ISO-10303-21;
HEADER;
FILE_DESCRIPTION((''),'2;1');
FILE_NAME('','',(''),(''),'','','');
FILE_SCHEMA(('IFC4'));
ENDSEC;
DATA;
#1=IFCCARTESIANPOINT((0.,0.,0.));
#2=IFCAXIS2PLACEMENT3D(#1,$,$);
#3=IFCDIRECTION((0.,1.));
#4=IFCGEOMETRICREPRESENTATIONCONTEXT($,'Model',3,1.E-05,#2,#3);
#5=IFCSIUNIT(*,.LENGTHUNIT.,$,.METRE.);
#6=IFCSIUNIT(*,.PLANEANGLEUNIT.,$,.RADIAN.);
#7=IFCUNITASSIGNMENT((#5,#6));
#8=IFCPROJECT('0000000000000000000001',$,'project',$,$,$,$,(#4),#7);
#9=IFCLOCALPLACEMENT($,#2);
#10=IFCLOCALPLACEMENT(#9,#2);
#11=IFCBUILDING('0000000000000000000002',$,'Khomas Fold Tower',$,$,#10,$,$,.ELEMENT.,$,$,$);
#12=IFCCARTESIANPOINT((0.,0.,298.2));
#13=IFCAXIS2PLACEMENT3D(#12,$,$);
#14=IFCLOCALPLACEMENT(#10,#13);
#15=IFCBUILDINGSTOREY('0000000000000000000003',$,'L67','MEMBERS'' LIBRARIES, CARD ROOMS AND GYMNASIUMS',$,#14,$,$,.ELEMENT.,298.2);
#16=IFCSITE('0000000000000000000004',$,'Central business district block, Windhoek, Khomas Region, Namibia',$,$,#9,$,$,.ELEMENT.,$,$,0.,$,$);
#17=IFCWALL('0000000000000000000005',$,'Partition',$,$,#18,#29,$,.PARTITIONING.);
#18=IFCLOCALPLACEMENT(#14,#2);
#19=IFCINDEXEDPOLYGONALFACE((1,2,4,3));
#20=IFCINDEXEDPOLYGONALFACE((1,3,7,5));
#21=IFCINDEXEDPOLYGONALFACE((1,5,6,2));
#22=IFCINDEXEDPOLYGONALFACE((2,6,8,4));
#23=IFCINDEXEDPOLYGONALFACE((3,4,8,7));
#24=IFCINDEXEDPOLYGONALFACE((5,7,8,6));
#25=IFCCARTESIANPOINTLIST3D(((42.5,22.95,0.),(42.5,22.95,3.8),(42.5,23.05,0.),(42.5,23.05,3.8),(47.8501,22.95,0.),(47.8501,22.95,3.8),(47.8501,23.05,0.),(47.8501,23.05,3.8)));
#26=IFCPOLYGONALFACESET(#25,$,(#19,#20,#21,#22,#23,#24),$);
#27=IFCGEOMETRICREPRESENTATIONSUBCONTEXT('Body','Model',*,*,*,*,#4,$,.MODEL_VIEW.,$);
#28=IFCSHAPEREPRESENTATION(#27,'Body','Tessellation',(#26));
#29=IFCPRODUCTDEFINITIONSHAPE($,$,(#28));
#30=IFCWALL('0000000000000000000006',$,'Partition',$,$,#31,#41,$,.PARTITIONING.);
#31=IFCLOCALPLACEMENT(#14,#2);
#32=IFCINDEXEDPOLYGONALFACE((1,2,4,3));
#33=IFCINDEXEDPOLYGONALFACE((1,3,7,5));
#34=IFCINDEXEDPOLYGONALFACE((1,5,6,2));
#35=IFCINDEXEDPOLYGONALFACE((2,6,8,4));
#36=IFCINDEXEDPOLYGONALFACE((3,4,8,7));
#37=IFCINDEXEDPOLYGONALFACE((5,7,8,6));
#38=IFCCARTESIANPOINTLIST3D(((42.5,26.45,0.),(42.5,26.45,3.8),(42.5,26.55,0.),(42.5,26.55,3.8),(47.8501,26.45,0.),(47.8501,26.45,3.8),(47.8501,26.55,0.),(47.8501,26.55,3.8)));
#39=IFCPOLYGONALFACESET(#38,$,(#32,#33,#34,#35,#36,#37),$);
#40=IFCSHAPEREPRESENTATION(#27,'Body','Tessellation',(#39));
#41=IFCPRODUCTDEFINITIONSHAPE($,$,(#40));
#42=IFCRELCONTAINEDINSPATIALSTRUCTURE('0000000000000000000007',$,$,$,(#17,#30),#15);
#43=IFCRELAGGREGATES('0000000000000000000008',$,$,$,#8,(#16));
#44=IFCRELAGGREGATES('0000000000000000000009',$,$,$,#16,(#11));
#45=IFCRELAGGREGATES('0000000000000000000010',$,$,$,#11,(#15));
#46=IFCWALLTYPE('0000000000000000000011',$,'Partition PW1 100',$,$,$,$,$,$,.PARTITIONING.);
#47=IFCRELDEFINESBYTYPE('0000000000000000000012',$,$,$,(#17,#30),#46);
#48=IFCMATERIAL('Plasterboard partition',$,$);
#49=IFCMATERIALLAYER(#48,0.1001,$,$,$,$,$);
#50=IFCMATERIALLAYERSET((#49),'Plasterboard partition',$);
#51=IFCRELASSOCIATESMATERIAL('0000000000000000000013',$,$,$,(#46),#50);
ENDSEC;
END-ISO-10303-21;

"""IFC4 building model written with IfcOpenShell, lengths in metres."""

from ifc_helpers import new_model, si_unit, direction, frame, frame_2d, origin, place, context, subcontext, project, spatial, rectangle, extrude, source, transform, mapped, material, layer, layer_set, type_object, element, save


model = new_model("IFC4")

# Units and contexts
model_context = context("Model", 3, precision=1e-05, world=origin(), true_north=direction((0.0, 1.0)))
body_context = subcontext(model_context, "Body", "Model", "MODEL_VIEW")
ifc_project = project(units=[si_unit("LENGTHUNIT", "METRE"), si_unit("PLANEANGLEUNIT", "RADIAN")], contexts=[model_context])

# Site, building, storey
site_placement = place(None, origin())
site = spatial("IfcSite", under=ifc_project, at=site_placement, Name="Central business district block, Windhoek, Khomas Region, Namibia", CompositionType="ELEMENT", RefElevation=0.0)
building_placement = place(site_placement, origin())
building = spatial("IfcBuilding", under=site, at=building_placement, Name="Khomas Fold Tower", CompositionType="ELEMENT")
storey_placement = place(building_placement, frame((0.0, 0.0, 298.2)))
storey = spatial("IfcBuildingStorey", under=building, at=storey_placement, Name="L67", Description="MEMBERS' LIBRARIES, CARD ROOMS AND GYMNASIUMS", CompositionType="ELEMENT", Elevation=298.2)

# Walls
ifc_material_1 = material(Name="Plasterboard partition")
ifc_layer_1 = layer(ifc_material_1, 0.1001)
ifc_layer_set_1 = layer_set([ifc_layer_1], Name="Plasterboard partition")
wall_type_1 = type_object("IfcWallType", Name="Partition PW1 100", PredefinedType="PARTITIONING", material=ifc_layer_set_1)
shared_shape_1 = source(origin(), body_context, "Body", "SweptSolid", [
    extrude(rectangle(XDim=5.3501, YDim=0.1001, at=frame_2d((2.675, 0.0))), origin(), (0.0, 0.0, 1.0), 3.8),
])
for number, where, z_axis, x_axis, name in (
    (1, (42.5, 23.0, 0.0), (0.0, 0.0, 1.0), (1.0, 0.0, 0.0), "Partition"),
    (2, (42.5, 26.5, 0.0), (0.0, 0.0, 1.0), (1.0, 0.0, 0.0), "Partition"),
):
    element("IfcWall", number, at=place(storey_placement, frame(where, z_axis=z_axis, x_axis=x_axis)), inside=storey, type_object=wall_type_1, Name=name, PredefinedType="PARTITIONING", context=body_context, shape_type="MappedRepresentation", body=[
        mapped(shared_shape_1, transform((0.0, 0.0, 0.0))),
    ])

save(model, "model.ifc")
